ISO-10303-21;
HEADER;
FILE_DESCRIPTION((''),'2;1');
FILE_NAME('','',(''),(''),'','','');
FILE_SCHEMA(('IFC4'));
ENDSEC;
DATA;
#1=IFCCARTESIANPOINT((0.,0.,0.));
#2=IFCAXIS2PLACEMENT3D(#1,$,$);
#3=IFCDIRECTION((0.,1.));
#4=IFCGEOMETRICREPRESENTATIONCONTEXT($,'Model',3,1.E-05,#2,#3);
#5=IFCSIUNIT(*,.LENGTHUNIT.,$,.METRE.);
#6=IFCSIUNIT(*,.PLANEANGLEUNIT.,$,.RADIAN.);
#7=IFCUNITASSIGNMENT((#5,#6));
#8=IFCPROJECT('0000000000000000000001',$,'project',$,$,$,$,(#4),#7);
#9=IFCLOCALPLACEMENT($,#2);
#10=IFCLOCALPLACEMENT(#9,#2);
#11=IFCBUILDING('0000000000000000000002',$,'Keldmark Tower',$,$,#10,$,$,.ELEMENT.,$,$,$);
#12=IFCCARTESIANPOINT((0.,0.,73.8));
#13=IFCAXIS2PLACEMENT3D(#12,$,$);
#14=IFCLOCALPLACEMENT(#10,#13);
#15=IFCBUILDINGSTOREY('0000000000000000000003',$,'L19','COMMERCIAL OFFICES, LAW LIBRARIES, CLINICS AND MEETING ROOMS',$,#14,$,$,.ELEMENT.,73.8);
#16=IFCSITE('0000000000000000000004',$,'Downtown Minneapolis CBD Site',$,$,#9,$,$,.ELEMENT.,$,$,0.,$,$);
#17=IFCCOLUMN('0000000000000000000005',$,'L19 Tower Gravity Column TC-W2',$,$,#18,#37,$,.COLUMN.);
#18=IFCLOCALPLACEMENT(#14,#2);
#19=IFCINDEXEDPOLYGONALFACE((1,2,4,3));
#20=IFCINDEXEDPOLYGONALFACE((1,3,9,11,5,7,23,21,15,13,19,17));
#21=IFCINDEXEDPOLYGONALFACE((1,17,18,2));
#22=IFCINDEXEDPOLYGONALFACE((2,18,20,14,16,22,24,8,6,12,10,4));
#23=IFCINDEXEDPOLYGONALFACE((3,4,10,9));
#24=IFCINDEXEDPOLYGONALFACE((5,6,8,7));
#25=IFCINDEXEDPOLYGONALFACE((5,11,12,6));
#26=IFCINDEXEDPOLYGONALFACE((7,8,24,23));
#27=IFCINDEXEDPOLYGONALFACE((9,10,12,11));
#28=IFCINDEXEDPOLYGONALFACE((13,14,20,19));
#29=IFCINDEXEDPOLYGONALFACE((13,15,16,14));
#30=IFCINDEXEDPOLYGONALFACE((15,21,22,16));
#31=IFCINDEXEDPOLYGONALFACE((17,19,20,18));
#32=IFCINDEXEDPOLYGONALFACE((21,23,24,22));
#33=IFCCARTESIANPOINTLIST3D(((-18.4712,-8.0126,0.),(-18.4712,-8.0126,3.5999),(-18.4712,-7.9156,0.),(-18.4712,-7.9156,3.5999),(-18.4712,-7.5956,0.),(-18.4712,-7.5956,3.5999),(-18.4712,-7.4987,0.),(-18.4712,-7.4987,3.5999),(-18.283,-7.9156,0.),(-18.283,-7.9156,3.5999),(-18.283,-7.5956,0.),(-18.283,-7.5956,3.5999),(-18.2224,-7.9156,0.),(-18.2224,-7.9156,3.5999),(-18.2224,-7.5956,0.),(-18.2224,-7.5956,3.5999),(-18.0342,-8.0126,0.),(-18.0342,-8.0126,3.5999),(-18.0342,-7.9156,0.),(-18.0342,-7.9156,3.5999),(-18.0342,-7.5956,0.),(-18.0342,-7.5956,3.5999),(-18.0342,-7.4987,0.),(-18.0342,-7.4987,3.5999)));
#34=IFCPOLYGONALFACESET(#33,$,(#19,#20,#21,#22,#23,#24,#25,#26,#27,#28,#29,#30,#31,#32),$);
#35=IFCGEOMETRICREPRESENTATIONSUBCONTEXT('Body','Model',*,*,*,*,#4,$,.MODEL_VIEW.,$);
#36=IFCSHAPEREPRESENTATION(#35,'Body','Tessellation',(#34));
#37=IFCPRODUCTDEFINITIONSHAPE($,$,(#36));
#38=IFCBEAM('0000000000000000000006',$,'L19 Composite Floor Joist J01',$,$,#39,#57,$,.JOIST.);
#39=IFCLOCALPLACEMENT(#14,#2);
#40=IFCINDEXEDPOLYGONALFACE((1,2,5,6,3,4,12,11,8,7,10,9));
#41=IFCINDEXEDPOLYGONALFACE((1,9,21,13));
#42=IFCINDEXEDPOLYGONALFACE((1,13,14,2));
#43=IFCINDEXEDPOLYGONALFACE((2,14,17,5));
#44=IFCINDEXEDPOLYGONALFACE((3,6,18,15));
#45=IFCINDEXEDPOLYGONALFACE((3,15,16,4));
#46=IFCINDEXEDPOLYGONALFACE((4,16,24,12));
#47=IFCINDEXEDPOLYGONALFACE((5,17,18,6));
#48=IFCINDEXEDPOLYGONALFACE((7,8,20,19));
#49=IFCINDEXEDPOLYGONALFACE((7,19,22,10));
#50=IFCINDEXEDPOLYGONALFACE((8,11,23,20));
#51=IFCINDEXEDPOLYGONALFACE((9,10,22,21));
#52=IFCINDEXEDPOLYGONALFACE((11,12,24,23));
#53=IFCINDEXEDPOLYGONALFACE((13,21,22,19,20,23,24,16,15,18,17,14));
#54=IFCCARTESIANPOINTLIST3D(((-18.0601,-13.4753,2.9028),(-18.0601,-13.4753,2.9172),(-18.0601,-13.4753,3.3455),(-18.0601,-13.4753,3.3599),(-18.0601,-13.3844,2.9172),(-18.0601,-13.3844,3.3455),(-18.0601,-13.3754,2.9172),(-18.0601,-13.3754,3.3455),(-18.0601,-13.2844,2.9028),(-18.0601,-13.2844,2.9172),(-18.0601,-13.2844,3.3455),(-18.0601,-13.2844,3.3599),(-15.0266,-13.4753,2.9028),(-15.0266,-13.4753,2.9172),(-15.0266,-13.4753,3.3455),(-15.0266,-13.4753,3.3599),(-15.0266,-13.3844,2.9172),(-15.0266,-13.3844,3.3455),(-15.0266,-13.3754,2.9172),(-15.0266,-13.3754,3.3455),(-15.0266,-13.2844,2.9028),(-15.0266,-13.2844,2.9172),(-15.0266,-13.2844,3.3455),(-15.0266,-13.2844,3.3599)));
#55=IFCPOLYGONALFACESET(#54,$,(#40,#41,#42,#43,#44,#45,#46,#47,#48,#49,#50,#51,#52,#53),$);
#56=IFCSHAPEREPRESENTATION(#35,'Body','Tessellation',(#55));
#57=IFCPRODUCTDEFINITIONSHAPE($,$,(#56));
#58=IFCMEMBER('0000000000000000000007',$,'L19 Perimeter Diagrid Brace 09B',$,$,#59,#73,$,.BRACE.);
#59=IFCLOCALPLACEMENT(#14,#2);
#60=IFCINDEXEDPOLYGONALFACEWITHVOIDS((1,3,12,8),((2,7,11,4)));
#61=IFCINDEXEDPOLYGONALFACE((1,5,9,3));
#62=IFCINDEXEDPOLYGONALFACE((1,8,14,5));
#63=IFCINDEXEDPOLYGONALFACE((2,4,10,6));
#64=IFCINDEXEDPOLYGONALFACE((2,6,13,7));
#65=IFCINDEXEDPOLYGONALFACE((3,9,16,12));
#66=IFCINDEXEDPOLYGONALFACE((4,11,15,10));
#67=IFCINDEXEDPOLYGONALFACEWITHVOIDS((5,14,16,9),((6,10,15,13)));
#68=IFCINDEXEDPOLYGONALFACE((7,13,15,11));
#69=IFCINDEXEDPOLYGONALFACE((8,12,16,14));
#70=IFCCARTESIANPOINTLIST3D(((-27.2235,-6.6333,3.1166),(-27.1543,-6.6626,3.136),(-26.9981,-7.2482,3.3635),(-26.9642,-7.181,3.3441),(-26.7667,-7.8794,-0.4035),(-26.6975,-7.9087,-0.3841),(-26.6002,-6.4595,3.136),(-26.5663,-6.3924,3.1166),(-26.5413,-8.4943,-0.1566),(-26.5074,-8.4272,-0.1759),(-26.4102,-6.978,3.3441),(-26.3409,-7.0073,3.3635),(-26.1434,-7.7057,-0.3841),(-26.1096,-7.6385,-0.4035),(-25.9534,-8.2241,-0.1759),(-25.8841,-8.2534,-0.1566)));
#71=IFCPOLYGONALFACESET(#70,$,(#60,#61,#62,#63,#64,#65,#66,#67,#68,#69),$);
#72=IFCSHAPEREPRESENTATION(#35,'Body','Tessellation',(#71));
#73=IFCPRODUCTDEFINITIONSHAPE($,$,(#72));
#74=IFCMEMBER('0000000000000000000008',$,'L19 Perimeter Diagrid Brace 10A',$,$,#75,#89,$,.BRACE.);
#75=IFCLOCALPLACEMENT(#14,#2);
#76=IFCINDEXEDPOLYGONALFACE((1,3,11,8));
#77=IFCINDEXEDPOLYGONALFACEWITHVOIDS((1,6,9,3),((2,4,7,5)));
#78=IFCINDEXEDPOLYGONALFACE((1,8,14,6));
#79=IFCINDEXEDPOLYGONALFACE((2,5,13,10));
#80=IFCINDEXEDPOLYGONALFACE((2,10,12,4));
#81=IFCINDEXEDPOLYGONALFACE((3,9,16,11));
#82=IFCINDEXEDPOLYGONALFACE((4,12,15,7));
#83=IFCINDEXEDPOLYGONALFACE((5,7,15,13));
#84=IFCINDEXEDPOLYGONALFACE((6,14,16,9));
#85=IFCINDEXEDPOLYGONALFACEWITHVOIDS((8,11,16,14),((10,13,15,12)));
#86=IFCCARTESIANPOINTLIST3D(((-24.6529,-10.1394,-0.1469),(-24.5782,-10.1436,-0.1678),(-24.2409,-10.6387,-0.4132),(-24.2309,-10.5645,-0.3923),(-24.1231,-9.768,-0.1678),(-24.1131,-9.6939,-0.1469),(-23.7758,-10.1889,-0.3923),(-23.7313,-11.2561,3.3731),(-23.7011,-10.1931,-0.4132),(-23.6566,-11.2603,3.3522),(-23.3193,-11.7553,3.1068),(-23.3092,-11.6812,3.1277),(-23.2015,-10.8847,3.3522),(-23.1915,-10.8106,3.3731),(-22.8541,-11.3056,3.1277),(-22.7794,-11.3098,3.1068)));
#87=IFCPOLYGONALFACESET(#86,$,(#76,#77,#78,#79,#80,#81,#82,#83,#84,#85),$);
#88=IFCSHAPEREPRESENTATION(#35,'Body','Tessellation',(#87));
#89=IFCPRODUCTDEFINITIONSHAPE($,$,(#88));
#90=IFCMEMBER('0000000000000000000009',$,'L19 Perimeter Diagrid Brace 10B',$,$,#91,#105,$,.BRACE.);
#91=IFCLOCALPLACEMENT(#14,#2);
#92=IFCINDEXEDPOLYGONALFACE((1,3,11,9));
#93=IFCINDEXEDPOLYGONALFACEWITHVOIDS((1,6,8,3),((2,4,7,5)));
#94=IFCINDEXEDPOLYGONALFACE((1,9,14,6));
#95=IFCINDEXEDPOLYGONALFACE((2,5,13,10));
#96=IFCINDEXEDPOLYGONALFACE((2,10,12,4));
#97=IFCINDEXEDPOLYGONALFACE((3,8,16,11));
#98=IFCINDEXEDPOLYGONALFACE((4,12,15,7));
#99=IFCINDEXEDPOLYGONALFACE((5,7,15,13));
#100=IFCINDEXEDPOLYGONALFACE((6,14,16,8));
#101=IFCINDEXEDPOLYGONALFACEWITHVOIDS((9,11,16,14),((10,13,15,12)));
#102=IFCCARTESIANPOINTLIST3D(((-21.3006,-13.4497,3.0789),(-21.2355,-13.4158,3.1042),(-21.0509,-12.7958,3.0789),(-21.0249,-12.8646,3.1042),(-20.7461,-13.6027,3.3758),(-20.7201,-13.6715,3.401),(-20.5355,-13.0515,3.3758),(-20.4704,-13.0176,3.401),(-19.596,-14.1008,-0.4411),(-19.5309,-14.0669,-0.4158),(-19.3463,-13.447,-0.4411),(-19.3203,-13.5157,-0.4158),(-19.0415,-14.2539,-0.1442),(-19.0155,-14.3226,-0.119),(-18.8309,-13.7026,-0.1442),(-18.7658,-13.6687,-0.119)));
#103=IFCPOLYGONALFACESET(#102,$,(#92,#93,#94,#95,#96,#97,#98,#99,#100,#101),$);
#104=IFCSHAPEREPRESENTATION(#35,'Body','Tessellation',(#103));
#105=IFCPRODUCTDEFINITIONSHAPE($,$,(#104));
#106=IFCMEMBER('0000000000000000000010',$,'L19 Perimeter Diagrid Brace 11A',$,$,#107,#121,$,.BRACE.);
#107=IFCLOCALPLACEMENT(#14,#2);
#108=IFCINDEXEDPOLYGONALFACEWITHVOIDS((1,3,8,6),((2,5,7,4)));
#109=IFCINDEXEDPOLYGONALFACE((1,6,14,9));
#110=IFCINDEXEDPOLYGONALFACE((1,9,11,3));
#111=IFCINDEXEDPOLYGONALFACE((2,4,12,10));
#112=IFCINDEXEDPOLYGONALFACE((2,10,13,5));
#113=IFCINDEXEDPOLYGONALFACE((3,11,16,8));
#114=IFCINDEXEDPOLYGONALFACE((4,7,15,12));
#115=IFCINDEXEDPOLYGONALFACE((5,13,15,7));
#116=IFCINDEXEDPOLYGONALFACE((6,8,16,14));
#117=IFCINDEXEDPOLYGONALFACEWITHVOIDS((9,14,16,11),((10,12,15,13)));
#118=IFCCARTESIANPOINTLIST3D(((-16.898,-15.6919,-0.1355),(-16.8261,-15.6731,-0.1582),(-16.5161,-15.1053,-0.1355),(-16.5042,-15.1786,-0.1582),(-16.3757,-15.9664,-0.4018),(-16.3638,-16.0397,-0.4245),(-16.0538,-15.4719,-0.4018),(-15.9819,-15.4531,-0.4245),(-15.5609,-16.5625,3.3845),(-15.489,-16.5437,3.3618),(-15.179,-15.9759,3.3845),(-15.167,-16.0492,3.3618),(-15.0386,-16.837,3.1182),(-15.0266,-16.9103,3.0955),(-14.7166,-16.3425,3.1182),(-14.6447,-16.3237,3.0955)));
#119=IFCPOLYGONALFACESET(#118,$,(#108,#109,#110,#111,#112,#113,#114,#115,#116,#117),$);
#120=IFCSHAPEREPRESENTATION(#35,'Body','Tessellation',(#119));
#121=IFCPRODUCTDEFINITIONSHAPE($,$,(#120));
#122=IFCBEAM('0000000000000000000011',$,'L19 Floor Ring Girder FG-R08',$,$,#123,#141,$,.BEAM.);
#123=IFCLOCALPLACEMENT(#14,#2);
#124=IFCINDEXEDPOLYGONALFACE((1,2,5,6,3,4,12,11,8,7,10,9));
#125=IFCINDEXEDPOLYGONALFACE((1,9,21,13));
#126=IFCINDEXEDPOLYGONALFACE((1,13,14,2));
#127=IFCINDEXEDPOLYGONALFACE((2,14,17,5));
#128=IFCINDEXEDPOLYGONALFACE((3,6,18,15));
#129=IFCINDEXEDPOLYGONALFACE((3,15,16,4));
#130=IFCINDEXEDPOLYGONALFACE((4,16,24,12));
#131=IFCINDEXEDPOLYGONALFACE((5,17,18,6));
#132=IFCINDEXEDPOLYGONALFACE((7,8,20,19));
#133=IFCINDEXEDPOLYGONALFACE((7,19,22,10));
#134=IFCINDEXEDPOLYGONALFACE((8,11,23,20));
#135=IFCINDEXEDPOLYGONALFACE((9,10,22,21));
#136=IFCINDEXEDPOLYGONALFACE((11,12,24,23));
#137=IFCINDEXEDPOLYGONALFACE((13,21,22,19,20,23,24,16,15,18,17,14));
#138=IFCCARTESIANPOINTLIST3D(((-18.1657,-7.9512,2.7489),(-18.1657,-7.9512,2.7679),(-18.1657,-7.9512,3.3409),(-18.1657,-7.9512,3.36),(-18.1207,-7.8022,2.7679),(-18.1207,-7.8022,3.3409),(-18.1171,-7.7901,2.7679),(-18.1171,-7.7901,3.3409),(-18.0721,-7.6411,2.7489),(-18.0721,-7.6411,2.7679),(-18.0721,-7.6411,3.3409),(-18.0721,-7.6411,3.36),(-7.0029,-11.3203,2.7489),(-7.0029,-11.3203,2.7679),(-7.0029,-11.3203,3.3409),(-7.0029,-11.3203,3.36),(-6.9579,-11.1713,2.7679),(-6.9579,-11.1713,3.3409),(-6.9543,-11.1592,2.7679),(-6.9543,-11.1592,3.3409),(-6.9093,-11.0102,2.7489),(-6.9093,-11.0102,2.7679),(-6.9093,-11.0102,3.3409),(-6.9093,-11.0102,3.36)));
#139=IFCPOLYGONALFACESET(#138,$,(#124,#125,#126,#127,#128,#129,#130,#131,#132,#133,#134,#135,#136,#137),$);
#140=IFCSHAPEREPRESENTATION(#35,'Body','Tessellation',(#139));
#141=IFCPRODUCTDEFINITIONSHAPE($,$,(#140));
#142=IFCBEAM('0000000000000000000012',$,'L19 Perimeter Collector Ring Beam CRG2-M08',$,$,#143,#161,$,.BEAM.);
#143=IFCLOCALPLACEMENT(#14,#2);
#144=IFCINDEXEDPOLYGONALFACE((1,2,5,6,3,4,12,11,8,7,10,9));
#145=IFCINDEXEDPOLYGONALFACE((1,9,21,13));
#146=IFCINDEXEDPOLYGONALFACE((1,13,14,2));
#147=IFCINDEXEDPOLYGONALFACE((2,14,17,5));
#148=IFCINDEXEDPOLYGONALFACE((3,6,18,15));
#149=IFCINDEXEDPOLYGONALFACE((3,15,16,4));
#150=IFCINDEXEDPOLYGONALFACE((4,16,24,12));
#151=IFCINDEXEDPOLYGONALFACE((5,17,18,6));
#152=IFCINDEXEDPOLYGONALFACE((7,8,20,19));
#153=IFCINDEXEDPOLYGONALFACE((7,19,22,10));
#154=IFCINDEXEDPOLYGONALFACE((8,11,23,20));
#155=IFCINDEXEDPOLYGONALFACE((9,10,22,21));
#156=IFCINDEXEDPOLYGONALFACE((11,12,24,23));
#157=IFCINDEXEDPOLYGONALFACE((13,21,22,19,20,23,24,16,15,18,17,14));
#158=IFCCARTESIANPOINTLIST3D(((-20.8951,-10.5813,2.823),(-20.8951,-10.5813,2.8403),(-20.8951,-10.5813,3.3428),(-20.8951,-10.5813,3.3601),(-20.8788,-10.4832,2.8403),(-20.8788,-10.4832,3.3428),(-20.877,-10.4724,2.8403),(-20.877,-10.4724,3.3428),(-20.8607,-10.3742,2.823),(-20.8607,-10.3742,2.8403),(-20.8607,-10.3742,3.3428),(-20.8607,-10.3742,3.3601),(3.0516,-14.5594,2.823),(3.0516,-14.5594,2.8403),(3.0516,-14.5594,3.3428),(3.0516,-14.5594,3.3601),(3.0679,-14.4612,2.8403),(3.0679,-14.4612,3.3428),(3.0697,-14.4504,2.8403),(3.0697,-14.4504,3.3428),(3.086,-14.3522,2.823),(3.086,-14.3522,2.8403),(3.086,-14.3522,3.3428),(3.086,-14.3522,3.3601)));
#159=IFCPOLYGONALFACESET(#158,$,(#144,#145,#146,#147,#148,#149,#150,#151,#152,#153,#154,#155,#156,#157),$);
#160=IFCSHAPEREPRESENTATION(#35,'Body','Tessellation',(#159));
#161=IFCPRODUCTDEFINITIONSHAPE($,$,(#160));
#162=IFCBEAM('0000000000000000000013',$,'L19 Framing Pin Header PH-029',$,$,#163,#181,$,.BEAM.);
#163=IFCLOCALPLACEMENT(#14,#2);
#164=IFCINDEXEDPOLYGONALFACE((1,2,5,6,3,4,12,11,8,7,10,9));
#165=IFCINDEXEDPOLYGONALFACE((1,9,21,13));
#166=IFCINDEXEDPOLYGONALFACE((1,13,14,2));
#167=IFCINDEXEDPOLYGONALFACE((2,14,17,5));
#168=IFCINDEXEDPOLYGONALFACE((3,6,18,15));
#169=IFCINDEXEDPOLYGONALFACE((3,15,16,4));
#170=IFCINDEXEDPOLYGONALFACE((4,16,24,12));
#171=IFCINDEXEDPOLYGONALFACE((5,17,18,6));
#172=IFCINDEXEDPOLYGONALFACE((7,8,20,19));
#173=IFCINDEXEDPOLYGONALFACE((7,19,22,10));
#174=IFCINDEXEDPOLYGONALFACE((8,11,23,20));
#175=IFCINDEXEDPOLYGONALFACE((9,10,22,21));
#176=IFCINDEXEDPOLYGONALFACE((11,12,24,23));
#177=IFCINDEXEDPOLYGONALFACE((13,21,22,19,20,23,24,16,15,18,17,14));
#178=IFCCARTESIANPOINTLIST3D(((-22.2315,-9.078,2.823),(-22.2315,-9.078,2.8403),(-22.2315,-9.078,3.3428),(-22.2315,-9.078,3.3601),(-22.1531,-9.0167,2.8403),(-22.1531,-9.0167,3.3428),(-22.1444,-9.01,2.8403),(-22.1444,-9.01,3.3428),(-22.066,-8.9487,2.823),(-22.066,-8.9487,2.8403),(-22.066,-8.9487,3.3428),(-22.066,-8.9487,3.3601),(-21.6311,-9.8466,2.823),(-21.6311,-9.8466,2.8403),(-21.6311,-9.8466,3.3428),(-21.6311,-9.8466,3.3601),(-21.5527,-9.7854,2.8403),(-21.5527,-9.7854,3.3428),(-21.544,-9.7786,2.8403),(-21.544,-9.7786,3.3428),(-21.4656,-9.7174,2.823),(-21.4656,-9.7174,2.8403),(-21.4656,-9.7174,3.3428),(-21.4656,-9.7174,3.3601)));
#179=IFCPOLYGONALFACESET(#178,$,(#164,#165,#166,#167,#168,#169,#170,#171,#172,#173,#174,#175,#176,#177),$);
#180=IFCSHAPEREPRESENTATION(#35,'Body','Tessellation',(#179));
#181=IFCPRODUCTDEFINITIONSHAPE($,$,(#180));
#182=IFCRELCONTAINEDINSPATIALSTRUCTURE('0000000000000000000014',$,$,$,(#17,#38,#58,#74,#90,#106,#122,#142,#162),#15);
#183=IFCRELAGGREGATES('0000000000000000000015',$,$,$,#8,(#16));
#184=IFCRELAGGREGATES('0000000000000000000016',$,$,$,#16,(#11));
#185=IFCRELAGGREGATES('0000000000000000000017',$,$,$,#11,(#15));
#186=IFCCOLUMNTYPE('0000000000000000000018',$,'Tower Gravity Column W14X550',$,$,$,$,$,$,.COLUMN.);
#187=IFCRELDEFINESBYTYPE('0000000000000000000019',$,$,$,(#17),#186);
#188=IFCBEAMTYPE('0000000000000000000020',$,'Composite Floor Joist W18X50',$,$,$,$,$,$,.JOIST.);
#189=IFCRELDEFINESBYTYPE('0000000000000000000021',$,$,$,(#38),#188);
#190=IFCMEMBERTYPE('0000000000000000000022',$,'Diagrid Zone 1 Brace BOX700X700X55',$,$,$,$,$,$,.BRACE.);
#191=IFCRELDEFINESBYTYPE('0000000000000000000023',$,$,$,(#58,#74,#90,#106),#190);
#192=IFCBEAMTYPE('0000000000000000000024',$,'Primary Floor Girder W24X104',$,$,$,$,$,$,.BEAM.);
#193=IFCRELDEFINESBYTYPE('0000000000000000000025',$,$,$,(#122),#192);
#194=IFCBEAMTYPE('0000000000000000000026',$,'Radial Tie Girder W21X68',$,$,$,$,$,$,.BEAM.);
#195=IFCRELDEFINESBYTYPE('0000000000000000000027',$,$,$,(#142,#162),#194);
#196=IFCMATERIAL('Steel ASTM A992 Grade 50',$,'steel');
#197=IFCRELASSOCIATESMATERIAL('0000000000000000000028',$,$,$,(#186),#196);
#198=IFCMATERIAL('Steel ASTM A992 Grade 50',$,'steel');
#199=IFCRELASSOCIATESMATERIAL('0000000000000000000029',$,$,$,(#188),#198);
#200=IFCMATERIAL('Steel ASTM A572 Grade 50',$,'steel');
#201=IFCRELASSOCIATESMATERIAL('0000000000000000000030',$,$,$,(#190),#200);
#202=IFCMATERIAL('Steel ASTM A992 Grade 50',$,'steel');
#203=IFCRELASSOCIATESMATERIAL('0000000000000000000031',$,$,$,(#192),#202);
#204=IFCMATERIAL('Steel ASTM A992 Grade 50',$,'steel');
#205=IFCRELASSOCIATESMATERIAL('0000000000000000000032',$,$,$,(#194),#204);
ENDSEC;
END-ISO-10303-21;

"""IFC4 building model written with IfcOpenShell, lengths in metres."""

from ifc_helpers import new_model, si_unit, direction, frame, origin, origin_2d, place, context, subcontext, project, spatial, hollow_rectangle, i_section, extrude, material, material_profile, profile_set, type_object, element, save


model = new_model("IFC4")

# Units and contexts
model_context = context("Model", 3, precision=1e-05, world=origin(), true_north=direction((0.0, 1.0)))
body_context = subcontext(model_context, "Body", "Model", "MODEL_VIEW")
ifc_project = project(units=[si_unit("LENGTHUNIT", "METRE"), si_unit("PLANEANGLEUNIT", "RADIAN")], contexts=[model_context])

# Site, building, storey
site_placement = place(None, origin())
site = spatial("IfcSite", under=ifc_project, at=site_placement, Name="Downtown Minneapolis CBD Site", CompositionType="ELEMENT", RefElevation=0.0)
building_placement = place(site_placement, origin())
building = spatial("IfcBuilding", under=site, at=building_placement, Name="Keldmark Tower", CompositionType="ELEMENT")
storey_placement = place(building_placement, frame((0.0, 0.0, 73.8)))
storey = spatial("IfcBuildingStorey", under=building, at=storey_placement, Name="L19", Description="COMMERCIAL OFFICES, LAW LIBRARIES, CLINICS AND MEETING ROOMS", CompositionType="ELEMENT", Elevation=73.8)

# Column
ifc_material_1 = material(Name="Steel ASTM A992 Grade 50", Category="steel")
ifc_material_profile_1 = material_profile(ifc_material_1, i_section(OverallWidth=0.437, OverallDepth=0.5139, WebThickness=0.0605, FlangeThickness=0.0969, at=origin_2d()), Name="W14X550")
ifc_profile_set_1 = profile_set([ifc_material_profile_1], Name="Steel ASTM A992 Grade 50")
column_type = type_object("IfcColumnType", Name="Tower Gravity Column W14X550", PredefinedType="COLUMN", material=ifc_profile_set_1)
column_placement = place(storey_placement, frame((-18.2527, -7.7556, 0.0), z_axis=(0.0, 0.0, 1.0), x_axis=(1.0, 0.0, 0.0)))
element("IfcColumn", 1, at=column_placement, inside=storey, type_object=column_type, Name="L19 Tower Gravity Column TC-W2", PredefinedType="COLUMN", context=body_context, shape_type="SweptSolid", body=[
    extrude(i_section(OverallWidth=0.437, OverallDepth=0.5139, WebThickness=0.0605, FlangeThickness=0.0969, at=origin_2d()), origin(), (0.0, 0.0, 1.0), 3.5999),
])

# Beam
ifc_material_2 = material(Name="Steel ASTM A992 Grade 50", Category="steel")
ifc_material_profile_2 = material_profile(ifc_material_2, i_section(OverallWidth=0.1909, OverallDepth=0.457, WebThickness=0.009, FlangeThickness=0.0144, at=origin_2d()), Name="W18X50")
ifc_profile_set_2 = profile_set([ifc_material_profile_2], Name="Steel ASTM A992 Grade 50")
beam_type_1 = type_object("IfcBeamType", Name="Composite Floor Joist W18X50", PredefinedType="JOIST", material=ifc_profile_set_2)
beam_1_placement = place(storey_placement, frame((-18.0601, -13.3799, 3.1313), z_axis=(1.0, 0.0, 0.0), x_axis=(0.0, 1.0, 0.0)))
element("IfcBeam", 2, at=beam_1_placement, inside=storey, type_object=beam_type_1, Name="L19 Composite Floor Joist J01", PredefinedType="JOIST", context=body_context, shape_type="SweptSolid", body=[
    extrude(i_section(OverallWidth=0.1909, OverallDepth=0.457, WebThickness=0.009, FlangeThickness=0.0144, at=origin_2d()), origin(), (0.0, 0.0, 1.0), 3.0334),
])

# Members
ifc_material_3 = material(Name="Steel ASTM A572 Grade 50", Category="steel")
ifc_material_profile_3 = material_profile(ifc_material_3, hollow_rectangle(XDim=0.7, YDim=0.7, WallThickness=0.0549, at=origin_2d()), Name="BOX700X700X55")
ifc_profile_set_3 = profile_set([ifc_material_profile_3], Name="Steel ASTM A572 Grade 50")
member_type = type_object("IfcMemberType", Name="Diagrid Zone 1 Brace BOX700X700X55", PredefinedType="BRACE", material=ifc_profile_set_3)
member_1_placement = place(storey_placement, frame((-26.3254, -8.0664, -0.28), z_axis=(-0.121424, 0.33124, 0.935701), x_axis=(-0.938904, -0.344179, 0.0)))
element("IfcMember", 3, at=member_1_placement, inside=storey, type_object=member_type, Name="L19 Perimeter Diagrid Brace 09B", PredefinedType="BRACE", context=body_context, shape_type="SweptSolid", body=[
    extrude(hollow_rectangle(XDim=0.7, YDim=0.7, WallThickness=0.0549, at=origin_2d()), origin(), (0.0, 0.0, 1.0), 3.762),
])
member_2_placement = place(storey_placement, frame((-24.177, -10.1663, -0.28), z_axis=(0.242141, -0.293392, 0.924818), x_axis=(0.771253, 0.636528, 0.0)))
element("IfcMember", 4, at=member_2_placement, inside=storey, type_object=member_type, Name="L19 Perimeter Diagrid Brace 10A", PredefinedType="BRACE", context=body_context, shape_type="SweptSolid", body=[
    extrude(hollow_rectangle(XDim=0.7, YDim=0.7, WallThickness=0.0549, at=origin_2d()), origin(), (0.0, 0.0, 1.0), 3.8062),
])
member_3_placement = place(storey_placement, frame((-19.1809, -13.8848, -0.28), z_axis=(-0.429924, 0.164223, 0.887804), x_axis=(-0.356835, -0.934167, 0.0)))
element("IfcMember", 5, at=member_3_placement, inside=storey, type_object=member_type, Name="L19 Perimeter Diagrid Brace 10B", PredefinedType="BRACE", context=body_context, shape_type="SweptSolid", body=[
    extrude(hollow_rectangle(XDim=0.7, YDim=0.7, WallThickness=0.0549, at=origin_2d()), origin(), (0.0, 0.0, 1.0), 3.9648),
])
member_4_placement = place(storey_placement, frame((-16.4399, -15.5725, -0.28), z_axis=(0.345986, -0.225267, 0.910796), x_axis=(0.545628, 0.838027, 0.0)))
element("IfcMember", 6, at=member_4_placement, inside=storey, type_object=member_type, Name="L19 Perimeter Diagrid Brace 11A", PredefinedType="BRACE", context=body_context, shape_type="SweptSolid", body=[
    extrude(hollow_rectangle(XDim=0.7, YDim=0.7, WallThickness=0.0549, at=origin_2d()), origin(), (0.0, 0.0, 1.0), 3.8647),
])

# Beams
ifc_material_4 = material(Name="Steel ASTM A992 Grade 50", Category="steel")
ifc_material_profile_4 = material_profile(ifc_material_4, i_section(OverallWidth=0.324, OverallDepth=0.6111, WebThickness=0.0127, FlangeThickness=0.019, at=origin_2d()), Name="W24X104")
ifc_profile_set_4 = profile_set([ifc_material_profile_4], Name="Steel ASTM A992 Grade 50")
beam_type_2 = type_object("IfcBeamType", Name="Primary Floor Girder W24X104", PredefinedType="BEAM", material=ifc_profile_set_4)
beam_2_placement = place(storey_placement, frame((-18.1189, -7.7961, 3.0544), z_axis=(0.957346, -0.288944, 0.0), x_axis=(0.288944, 0.957346, 0.0)))
element("IfcBeam", 7, at=beam_2_placement, inside=storey, type_object=beam_type_2, Name="L19 Floor Ring Girder FG-R08", PredefinedType="BEAM", context=body_context, shape_type="SweptSolid", body=[
    extrude(i_section(OverallWidth=0.324, OverallDepth=0.6111, WebThickness=0.0127, FlangeThickness=0.019, at=origin_2d()), origin(), (0.0, 0.0, 1.0), 11.6602),
])
ifc_material_5 = material(Name="Steel ASTM A992 Grade 50", Category="steel")
ifc_material_profile_5 = material_profile(ifc_material_5, i_section(OverallWidth=0.21, OverallDepth=0.5371, WebThickness=0.011, FlangeThickness=0.0173, at=origin_2d()), Name="W21X68")
ifc_profile_set_5 = profile_set([ifc_material_profile_5], Name="Steel ASTM A992 Grade 50")
beam_type_3 = type_object("IfcBeamType", Name="Radial Tie Girder W21X68", PredefinedType="BEAM", material=ifc_profile_set_5)
beam_3_placement = place(storey_placement, frame((-20.8779, -10.4778, 3.0916), z_axis=(0.986481, -0.163874, 0.0), x_axis=(0.163874, 0.986481, 0.0)))
element("IfcBeam", 8, at=beam_3_placement, inside=storey, type_object=beam_type_3, Name="L19 Perimeter Collector Ring Beam CRG2-M08", PredefinedType="BEAM", context=body_context, shape_type="SweptSolid", body=[
    extrude(i_section(OverallWidth=0.21, OverallDepth=0.5371, WebThickness=0.011, FlangeThickness=0.0173, at=origin_2d()), origin(), (0.0, 0.0, 1.0), 24.2749),
])
beam_4_placement = place(storey_placement, frame((-21.5483, -9.782, 3.0916), z_axis=(-0.615586, 0.78807, 0.0), x_axis=(-0.78807, -0.615586, 0.0)))
element("IfcBeam", 9, at=beam_4_placement, inside=storey, type_object=beam_type_3, Name="L19 Framing Pin Header PH-029", PredefinedType="BEAM", context=body_context, shape_type="SweptSolid", body=[
    extrude(i_section(OverallWidth=0.21, OverallDepth=0.5371, WebThickness=0.011, FlangeThickness=0.0173, at=origin_2d()), origin(), (0.0, 0.0, 1.0), 0.9753),
])

save(model, "model.ifc")
